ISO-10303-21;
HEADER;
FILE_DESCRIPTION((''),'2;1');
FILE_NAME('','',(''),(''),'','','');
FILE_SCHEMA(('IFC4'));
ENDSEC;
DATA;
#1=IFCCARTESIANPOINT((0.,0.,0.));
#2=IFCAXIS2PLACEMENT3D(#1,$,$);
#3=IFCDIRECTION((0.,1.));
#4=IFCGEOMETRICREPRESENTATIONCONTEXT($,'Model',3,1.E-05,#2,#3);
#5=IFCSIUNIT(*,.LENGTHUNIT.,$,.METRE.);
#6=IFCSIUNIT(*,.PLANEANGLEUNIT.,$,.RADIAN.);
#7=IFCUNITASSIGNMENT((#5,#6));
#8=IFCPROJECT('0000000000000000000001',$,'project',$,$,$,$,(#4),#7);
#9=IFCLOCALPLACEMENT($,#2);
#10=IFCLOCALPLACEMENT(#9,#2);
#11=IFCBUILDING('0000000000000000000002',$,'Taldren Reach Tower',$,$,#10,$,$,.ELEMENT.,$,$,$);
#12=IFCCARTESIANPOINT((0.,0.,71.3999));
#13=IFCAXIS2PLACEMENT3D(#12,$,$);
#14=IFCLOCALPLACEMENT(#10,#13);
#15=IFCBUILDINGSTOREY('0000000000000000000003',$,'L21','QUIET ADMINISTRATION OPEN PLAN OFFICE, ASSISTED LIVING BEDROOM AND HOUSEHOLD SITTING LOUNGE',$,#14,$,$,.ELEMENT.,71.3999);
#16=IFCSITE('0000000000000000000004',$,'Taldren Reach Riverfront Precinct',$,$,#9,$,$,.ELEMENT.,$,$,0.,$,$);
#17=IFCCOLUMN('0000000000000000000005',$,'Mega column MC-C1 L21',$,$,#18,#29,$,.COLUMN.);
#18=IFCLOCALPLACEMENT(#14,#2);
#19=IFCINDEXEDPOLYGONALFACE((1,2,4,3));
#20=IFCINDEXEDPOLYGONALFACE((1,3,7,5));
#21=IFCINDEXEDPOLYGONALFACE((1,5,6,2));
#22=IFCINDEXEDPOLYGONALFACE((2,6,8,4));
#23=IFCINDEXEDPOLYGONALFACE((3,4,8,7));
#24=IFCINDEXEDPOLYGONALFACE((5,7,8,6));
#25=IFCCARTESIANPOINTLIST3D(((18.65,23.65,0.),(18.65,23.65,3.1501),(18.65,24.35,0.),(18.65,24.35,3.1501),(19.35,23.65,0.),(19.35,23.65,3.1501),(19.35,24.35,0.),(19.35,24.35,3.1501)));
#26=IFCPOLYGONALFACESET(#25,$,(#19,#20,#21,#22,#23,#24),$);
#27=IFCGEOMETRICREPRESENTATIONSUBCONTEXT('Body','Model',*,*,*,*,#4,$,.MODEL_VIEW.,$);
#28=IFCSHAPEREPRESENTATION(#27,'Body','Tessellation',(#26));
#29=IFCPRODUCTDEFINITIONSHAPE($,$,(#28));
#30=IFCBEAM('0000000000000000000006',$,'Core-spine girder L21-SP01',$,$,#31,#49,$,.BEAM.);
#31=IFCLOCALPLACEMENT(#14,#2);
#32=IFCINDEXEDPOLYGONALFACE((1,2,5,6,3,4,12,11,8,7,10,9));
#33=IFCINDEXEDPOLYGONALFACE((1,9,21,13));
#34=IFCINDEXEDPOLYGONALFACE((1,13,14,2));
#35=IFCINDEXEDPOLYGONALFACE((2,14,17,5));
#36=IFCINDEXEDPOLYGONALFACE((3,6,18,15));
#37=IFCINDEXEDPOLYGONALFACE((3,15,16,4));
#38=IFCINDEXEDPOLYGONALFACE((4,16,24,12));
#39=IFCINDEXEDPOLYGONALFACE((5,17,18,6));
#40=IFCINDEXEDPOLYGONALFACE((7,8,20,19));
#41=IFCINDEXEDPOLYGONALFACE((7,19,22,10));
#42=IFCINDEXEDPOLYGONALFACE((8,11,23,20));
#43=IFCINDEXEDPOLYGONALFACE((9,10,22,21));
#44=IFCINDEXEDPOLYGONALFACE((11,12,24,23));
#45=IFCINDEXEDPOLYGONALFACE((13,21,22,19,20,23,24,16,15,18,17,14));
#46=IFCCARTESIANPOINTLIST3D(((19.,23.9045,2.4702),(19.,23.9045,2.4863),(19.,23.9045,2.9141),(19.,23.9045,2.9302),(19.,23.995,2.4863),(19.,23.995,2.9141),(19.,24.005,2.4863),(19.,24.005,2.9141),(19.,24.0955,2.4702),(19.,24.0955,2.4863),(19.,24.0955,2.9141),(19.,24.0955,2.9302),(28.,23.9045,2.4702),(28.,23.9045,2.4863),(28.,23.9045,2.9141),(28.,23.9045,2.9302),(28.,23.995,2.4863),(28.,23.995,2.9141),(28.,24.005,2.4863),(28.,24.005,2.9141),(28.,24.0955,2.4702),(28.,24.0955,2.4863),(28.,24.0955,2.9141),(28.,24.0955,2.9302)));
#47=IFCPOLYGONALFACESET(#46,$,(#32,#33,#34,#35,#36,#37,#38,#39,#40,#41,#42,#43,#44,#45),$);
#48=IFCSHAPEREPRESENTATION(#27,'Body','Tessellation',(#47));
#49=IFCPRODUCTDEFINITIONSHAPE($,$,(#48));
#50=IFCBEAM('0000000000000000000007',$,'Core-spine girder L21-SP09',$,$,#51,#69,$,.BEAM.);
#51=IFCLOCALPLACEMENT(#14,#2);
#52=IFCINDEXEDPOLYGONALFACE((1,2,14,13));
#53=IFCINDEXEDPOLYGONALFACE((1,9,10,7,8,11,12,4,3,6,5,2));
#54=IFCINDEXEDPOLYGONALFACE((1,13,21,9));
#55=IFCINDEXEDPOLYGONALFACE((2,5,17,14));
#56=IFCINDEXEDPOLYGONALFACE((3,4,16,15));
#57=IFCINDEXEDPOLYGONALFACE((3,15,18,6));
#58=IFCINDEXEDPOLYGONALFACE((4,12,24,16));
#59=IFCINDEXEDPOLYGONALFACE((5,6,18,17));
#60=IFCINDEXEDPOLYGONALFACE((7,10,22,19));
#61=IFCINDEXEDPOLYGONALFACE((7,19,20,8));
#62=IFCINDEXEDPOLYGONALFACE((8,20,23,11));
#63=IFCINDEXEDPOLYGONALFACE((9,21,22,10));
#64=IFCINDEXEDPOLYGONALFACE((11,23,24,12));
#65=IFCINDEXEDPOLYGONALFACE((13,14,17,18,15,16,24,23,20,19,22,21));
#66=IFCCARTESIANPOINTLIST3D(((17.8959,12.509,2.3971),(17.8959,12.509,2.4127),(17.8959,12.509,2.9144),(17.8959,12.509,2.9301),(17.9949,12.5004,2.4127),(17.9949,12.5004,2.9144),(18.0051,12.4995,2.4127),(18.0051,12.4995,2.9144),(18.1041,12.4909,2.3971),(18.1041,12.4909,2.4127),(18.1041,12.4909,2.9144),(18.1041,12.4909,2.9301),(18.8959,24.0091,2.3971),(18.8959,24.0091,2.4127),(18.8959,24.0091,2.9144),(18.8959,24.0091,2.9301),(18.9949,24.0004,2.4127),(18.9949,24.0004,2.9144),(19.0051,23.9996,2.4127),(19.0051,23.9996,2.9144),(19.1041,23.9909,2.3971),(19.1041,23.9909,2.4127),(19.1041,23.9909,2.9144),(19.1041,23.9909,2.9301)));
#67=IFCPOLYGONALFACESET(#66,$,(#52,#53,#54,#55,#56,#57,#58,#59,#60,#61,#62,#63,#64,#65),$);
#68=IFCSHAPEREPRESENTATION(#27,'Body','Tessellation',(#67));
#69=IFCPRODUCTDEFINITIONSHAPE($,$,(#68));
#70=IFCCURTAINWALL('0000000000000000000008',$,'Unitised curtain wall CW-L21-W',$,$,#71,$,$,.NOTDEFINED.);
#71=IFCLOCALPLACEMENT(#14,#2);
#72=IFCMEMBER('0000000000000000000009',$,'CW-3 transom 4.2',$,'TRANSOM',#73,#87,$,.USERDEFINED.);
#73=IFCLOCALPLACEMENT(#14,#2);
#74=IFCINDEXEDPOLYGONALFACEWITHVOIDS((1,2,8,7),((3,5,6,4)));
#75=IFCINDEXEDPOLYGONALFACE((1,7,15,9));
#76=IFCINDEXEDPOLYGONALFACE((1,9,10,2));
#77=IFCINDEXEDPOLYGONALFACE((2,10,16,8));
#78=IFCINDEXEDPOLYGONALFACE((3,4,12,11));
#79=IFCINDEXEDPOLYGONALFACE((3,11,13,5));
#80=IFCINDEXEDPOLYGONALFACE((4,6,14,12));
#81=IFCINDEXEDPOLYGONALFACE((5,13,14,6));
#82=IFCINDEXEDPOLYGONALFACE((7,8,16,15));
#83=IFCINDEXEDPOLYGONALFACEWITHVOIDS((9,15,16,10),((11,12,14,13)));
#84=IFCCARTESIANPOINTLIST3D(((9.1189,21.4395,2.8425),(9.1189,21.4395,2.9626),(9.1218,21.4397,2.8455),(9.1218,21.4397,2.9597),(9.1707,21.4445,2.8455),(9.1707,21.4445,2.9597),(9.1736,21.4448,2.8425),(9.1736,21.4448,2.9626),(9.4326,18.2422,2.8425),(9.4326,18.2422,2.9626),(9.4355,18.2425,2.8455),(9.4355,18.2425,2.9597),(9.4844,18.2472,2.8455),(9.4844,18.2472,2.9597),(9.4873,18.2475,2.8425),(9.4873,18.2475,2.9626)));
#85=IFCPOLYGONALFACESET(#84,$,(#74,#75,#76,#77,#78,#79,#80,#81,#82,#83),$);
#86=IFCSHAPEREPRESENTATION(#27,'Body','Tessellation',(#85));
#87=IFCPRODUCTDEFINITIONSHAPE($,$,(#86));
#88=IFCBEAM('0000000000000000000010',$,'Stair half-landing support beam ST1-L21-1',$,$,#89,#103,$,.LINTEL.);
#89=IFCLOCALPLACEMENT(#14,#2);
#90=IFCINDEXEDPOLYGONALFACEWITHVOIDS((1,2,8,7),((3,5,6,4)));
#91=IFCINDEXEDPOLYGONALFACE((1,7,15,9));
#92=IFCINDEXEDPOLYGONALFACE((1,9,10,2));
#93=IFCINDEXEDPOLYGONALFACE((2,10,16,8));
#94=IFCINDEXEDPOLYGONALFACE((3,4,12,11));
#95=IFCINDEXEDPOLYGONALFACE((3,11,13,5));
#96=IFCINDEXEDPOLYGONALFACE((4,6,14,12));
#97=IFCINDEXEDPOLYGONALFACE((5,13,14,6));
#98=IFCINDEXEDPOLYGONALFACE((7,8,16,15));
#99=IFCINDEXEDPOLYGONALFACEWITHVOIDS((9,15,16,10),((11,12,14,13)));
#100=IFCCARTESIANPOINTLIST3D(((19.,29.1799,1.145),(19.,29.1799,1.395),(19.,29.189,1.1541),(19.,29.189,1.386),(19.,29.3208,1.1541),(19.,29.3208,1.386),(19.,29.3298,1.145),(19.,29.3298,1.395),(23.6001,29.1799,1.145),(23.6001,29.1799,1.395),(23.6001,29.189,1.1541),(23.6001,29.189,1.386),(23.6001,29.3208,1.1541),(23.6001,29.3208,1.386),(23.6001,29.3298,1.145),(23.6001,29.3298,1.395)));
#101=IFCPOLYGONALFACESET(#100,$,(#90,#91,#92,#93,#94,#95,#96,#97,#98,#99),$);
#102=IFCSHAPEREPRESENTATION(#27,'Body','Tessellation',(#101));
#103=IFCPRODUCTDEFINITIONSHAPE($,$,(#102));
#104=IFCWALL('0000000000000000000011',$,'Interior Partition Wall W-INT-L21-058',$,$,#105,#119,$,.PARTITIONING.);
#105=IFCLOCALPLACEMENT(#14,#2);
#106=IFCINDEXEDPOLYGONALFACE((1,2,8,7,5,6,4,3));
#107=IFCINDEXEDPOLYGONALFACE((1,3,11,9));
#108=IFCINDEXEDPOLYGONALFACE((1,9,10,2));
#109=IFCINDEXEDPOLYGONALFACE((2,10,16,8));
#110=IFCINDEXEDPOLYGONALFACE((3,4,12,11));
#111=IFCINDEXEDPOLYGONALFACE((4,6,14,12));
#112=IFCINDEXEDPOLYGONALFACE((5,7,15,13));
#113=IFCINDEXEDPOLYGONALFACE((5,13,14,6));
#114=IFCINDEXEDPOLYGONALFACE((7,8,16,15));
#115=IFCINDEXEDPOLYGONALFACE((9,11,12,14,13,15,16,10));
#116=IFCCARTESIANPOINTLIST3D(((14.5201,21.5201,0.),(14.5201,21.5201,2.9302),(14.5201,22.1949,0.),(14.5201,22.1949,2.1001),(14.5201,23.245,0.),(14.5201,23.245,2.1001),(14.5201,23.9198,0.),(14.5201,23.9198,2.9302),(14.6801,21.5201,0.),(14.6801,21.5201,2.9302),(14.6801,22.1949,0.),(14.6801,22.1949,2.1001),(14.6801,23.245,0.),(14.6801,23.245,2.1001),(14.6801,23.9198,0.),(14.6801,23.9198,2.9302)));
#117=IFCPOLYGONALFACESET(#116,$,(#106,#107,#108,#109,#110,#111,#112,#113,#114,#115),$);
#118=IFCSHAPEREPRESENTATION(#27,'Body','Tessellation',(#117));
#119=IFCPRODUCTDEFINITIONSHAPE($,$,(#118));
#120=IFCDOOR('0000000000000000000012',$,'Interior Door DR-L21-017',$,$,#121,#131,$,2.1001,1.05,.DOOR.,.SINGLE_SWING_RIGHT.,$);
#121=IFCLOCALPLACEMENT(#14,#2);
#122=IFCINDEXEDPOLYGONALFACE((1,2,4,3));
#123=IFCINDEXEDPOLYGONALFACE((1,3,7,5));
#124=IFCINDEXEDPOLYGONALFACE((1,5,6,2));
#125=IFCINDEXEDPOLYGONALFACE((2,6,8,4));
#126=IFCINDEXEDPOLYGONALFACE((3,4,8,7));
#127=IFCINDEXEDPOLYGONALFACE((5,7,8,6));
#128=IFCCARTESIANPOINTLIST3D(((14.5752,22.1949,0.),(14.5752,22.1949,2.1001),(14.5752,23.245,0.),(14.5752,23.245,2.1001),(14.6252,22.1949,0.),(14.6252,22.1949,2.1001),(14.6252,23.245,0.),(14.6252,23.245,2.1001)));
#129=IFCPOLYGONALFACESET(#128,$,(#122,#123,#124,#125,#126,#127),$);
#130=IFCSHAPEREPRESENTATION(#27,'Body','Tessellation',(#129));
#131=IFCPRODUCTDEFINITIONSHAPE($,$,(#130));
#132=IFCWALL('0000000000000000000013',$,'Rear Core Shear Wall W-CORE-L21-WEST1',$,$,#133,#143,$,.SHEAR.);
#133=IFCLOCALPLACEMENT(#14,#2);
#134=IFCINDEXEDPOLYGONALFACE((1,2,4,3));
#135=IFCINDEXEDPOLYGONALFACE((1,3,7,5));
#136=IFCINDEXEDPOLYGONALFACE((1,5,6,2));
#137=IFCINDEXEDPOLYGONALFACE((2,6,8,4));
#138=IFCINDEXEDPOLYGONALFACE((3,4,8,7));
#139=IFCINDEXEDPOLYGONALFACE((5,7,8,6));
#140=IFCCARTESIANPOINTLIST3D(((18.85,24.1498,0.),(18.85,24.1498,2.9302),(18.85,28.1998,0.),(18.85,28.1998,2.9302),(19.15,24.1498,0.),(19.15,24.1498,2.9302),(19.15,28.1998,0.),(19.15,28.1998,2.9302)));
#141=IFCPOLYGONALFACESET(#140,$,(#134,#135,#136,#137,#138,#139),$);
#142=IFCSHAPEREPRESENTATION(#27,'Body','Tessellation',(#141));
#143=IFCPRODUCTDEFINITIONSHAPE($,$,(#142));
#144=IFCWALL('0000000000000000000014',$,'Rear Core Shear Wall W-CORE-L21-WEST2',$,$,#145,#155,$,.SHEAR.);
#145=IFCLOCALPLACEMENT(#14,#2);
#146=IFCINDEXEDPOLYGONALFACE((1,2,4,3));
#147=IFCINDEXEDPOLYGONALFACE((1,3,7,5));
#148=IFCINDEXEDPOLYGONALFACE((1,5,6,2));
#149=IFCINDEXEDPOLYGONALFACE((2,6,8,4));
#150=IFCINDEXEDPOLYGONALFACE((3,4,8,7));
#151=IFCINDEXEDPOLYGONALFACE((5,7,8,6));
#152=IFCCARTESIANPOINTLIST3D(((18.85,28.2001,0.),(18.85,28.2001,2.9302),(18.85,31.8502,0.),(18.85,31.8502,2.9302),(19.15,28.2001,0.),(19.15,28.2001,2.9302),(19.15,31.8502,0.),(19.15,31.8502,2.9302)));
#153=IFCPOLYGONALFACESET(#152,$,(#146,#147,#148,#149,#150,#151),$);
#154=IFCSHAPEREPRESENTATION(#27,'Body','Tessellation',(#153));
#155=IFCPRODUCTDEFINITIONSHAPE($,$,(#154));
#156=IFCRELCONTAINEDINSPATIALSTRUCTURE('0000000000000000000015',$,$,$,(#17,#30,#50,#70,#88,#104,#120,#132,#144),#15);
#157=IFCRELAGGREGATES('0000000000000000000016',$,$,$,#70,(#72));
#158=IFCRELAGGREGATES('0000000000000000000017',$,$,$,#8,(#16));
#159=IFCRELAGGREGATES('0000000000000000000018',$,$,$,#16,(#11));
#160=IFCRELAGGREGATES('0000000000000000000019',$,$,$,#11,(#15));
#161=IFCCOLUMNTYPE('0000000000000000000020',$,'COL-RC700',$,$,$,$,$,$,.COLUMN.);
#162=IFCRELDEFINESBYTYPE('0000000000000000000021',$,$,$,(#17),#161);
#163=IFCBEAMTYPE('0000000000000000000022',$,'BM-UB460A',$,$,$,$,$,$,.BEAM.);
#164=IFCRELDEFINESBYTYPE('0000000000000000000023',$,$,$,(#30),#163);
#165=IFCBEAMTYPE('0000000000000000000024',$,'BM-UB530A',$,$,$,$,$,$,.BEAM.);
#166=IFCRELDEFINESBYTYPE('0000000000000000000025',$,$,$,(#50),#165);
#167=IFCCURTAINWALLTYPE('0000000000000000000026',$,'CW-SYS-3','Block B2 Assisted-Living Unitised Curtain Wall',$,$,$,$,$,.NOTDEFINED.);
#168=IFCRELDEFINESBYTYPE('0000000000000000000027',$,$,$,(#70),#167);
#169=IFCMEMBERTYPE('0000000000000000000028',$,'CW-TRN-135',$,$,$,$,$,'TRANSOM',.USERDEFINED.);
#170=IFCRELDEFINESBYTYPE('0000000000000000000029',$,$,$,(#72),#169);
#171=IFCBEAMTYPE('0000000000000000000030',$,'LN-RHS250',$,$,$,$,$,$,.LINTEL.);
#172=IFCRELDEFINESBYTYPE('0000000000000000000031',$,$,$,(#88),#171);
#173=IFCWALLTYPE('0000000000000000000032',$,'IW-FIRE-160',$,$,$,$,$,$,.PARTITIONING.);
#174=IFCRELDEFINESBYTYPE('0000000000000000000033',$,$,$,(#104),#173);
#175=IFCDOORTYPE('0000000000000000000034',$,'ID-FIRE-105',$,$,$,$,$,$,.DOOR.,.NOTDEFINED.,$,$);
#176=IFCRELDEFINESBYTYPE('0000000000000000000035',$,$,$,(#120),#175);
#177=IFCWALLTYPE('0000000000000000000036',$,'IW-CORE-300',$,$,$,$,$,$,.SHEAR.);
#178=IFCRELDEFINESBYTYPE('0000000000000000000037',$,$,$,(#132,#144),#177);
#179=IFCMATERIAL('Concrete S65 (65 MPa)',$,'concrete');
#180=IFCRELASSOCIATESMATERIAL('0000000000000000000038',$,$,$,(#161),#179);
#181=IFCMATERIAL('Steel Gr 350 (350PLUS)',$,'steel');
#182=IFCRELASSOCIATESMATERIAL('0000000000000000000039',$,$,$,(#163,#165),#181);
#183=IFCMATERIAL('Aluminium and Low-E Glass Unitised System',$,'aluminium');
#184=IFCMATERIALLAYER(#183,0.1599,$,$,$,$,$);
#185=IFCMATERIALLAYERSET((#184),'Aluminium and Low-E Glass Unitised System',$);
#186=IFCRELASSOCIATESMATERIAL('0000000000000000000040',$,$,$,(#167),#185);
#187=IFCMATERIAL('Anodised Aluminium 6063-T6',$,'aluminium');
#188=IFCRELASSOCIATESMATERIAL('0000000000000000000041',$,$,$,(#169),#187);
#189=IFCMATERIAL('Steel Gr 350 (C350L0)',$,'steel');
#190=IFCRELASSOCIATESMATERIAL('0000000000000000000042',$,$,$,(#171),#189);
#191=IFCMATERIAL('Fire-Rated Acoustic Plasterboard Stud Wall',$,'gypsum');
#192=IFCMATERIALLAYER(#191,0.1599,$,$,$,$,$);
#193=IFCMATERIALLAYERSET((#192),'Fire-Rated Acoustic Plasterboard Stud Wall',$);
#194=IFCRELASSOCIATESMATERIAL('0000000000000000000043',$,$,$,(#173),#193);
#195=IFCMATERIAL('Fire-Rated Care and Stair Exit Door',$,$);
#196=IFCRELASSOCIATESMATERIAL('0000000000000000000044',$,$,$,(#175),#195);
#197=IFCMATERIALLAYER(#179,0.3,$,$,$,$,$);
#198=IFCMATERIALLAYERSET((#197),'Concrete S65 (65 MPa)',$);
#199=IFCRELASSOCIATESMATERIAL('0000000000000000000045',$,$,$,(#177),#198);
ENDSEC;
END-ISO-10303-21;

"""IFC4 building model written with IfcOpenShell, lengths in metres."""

from ifc_helpers import new_model, si_unit, direction, frame, frame_2d, origin, origin_2d, place, context, subcontext, project, spatial, rectangle, hollow_rectangle, i_section, extrude, source, transform, mapped, material, layer, layer_set, material_profile, profile_set, type_object, element, fill, aggregate, save


model = new_model("IFC4")

# Units and contexts
model_context = context("Model", 3, precision=1e-05, world=origin(), true_north=direction((0.0, 1.0)))
body_context = subcontext(model_context, "Body", "Model", "MODEL_VIEW")
ifc_project = project(units=[si_unit("LENGTHUNIT", "METRE"), si_unit("PLANEANGLEUNIT", "RADIAN")], contexts=[model_context])

# Site, building, storey
site_placement = place(None, origin())
site = spatial("IfcSite", under=ifc_project, at=site_placement, Name="Taldren Reach Riverfront Precinct", CompositionType="ELEMENT", RefElevation=0.0)
building_placement = place(site_placement, origin())
building = spatial("IfcBuilding", under=site, at=building_placement, Name="Taldren Reach Tower", CompositionType="ELEMENT")
storey_placement = place(building_placement, frame((0.0, 0.0, 71.3999)))
storey = spatial("IfcBuildingStorey", under=building, at=storey_placement, Name="L21", Description="QUIET ADMINISTRATION OPEN PLAN OFFICE, ASSISTED LIVING BEDROOM AND HOUSEHOLD SITTING LOUNGE", CompositionType="ELEMENT", Elevation=71.3999)

# Column
ifc_material_1 = material(Name="Concrete S65 (65 MPa)", Category="concrete")
ifc_material_profile_1 = material_profile(ifc_material_1, rectangle(XDim=0.7, YDim=0.7, at=origin_2d()), Name="RC-700x700")
ifc_profile_set_1 = profile_set([ifc_material_profile_1], Name="Concrete S65 (65 MPa)")
column_type = type_object("IfcColumnType", Name="COL-RC700", PredefinedType="COLUMN", material=ifc_profile_set_1)
shared_shape_1 = source(origin(), body_context, "Body", "SweptSolid", [
    extrude(rectangle(XDim=0.7, YDim=0.7, at=origin_2d()), origin(), (0.0, 0.0, 1.0), 3.1501),
])
column_placement = place(storey_placement, frame((19.0, 24.0, 0.0), z_axis=(0.0, 0.0, 1.0), x_axis=(1.0, 0.0, 0.0)))
element("IfcColumn", 1, at=column_placement, inside=storey, type_object=column_type, Name="Mega column MC-C1 L21", PredefinedType="COLUMN", context=body_context, shape_type="MappedRepresentation", body=[
    mapped(shared_shape_1, transform((0.0, 0.0, 0.0), scale=1.0)),
])

# Beams
ifc_material_2 = material(Name="Steel Gr 350 (350PLUS)", Category="steel")
ifc_material_profile_2 = material_profile(ifc_material_2, i_section(OverallWidth=0.1909, OverallDepth=0.46, WebThickness=0.01, FlangeThickness=0.0161, at=origin_2d()), Name="460UB82.1")
ifc_profile_set_2 = profile_set([ifc_material_profile_2], Name="Steel Gr 350 (350PLUS)")
beam_type_1 = type_object("IfcBeamType", Name="BM-UB460A", PredefinedType="BEAM", material=ifc_profile_set_2)
shared_shape_2 = source(origin(), body_context, "Body", "SweptSolid", [
    extrude(i_section(OverallWidth=0.1909, OverallDepth=0.46, WebThickness=0.01, FlangeThickness=0.0161, at=origin_2d()), origin(), (0.0, 0.0, 1.0), 9.0),
])
beam_1_placement = place(storey_placement, frame((19.0, 24.0, 2.7002), z_axis=(1.0, 0.0, 0.0), x_axis=(0.0, 1.0, 0.0)))
element("IfcBeam", 2, at=beam_1_placement, inside=storey, type_object=beam_type_1, Name="Core-spine girder L21-SP01", PredefinedType="BEAM", context=body_context, shape_type="MappedRepresentation", body=[
    mapped(shared_shape_2, transform((0.0, 0.0, 0.0), scale=1.0)),
])
ifc_material_profile_3 = material_profile(ifc_material_2, i_section(OverallWidth=0.209, OverallDepth=0.533, WebThickness=0.0103, FlangeThickness=0.0156, at=origin_2d()), Name="530UB92.4")
ifc_profile_set_3 = profile_set([ifc_material_profile_3], Name="Steel Gr 350 (350PLUS)")
beam_type_2 = type_object("IfcBeamType", Name="BM-UB530A", PredefinedType="BEAM", material=ifc_profile_set_3)
shared_shape_3 = source(origin(), body_context, "Body", "SweptSolid", [
    extrude(i_section(OverallWidth=0.209, OverallDepth=0.533, WebThickness=0.0103, FlangeThickness=0.0156, at=origin_2d()), origin(), (0.0, 0.0, 1.0), 11.5435),
])
beam_2_placement = place(storey_placement, frame((19.0, 24.0, 2.6636), z_axis=(-0.08663, -0.996241, 0.0), x_axis=(0.996241, -0.08663, 0.0)))
element("IfcBeam", 3, at=beam_2_placement, inside=storey, type_object=beam_type_2, Name="Core-spine girder L21-SP09", PredefinedType="BEAM", context=body_context, shape_type="MappedRepresentation", body=[
    mapped(shared_shape_3, transform((0.0, 0.0, 0.0), scale=1.0)),
])

# Curtain wall, member
ifc_material_3 = material(Name="Aluminium and Low-E Glass Unitised System", Category="aluminium")
ifc_layer_1 = layer(ifc_material_3, 0.1599)
ifc_layer_set_1 = layer_set([ifc_layer_1], Name="Aluminium and Low-E Glass Unitised System")
curtain_wall_type = type_object("IfcCurtainWallType", Name="CW-SYS-3", Description="Block B2 Assisted-Living Unitised Curtain Wall", PredefinedType="NOTDEFINED", material=ifc_layer_set_1)
curtain_wall_placement = place(storey_placement, origin())
curtain_wall = element("IfcCurtainWall", 4, at=curtain_wall_placement, inside=storey, type_object=curtain_wall_type, Name="Unitised curtain wall CW-L21-W", PredefinedType="NOTDEFINED")
ifc_material_4 = material(Name="Anodised Aluminium 6063-T6", Category="aluminium")
ifc_material_profile_4 = material_profile(ifc_material_4, hollow_rectangle(XDim=0.0549, YDim=0.1201, WallThickness=0.0029, at=origin_2d()), Name="ALU-120x55x3RHS")
ifc_profile_set_4 = profile_set([ifc_material_profile_4], Name="Anodised Aluminium 6063-T6")
member_type = type_object("IfcMemberType", Name="CW-TRN-135", ElementType="TRANSOM", PredefinedType="USERDEFINED", material=ifc_profile_set_4)
shared_shape_4 = source(origin(), body_context, "Body", "SweptSolid", [
    extrude(hollow_rectangle(XDim=0.0549, YDim=0.1201, WallThickness=0.0029, at=origin_2d()), origin(), (0.0, 0.0, 1.0), 3.2126),
])
member_placement = place(storey_placement, frame((9.1462, 21.4421, 2.9026), z_axis=(0.097653, -0.995221, 0.0), x_axis=(0.995221, 0.097653, 0.0)))
member = element("IfcMember", 5, at=member_placement, type_object=member_type, Name="CW-3 transom 4.2", ObjectType="TRANSOM", PredefinedType="USERDEFINED", context=body_context, shape_type="MappedRepresentation", body=[
    mapped(shared_shape_4, transform((0.0, 0.0, 0.0), scale=1.0)),
])
aggregate(curtain_wall, [member])

# Beam
ifc_material_5 = material(Name="Steel Gr 350 (C350L0)", Category="steel")
ifc_material_profile_5 = material_profile(ifc_material_5, hollow_rectangle(XDim=0.1499, YDim=0.25, WallThickness=0.009, at=origin_2d()), Name="250x150x9.0RHS")
ifc_profile_set_5 = profile_set([ifc_material_profile_5], Name="Steel Gr 350 (C350L0)")
beam_type_3 = type_object("IfcBeamType", Name="LN-RHS250", PredefinedType="LINTEL", material=ifc_profile_set_5)
shared_shape_5 = source(origin(), body_context, "Body", "SweptSolid", [
    extrude(hollow_rectangle(XDim=0.1499, YDim=0.25, WallThickness=0.009, at=origin_2d()), origin(), (0.0, 0.0, 1.0), 4.6001),
])
beam_3_placement = place(storey_placement, frame((19.0, 29.2549, 1.27), z_axis=(1.0, 0.0, 0.0), x_axis=(0.0, 1.0, 0.0)))
element("IfcBeam", 6, at=beam_3_placement, inside=storey, type_object=beam_type_3, Name="Stair half-landing support beam ST1-L21-1", PredefinedType="LINTEL", context=body_context, shape_type="MappedRepresentation", body=[
    mapped(shared_shape_5, transform((0.0, 0.0, 0.0), scale=1.0)),
])

# Wall, opening, door
ifc_material_6 = material(Name="Fire-Rated Acoustic Plasterboard Stud Wall", Category="gypsum")
ifc_layer_2 = layer(ifc_material_6, 0.1599)
ifc_layer_set_2 = layer_set([ifc_layer_2], Name="Fire-Rated Acoustic Plasterboard Stud Wall")
wall_type_1 = type_object("IfcWallType", Name="IW-FIRE-160", PredefinedType="PARTITIONING", material=ifc_layer_set_2)
shared_shape_6 = source(origin(), body_context, "Body", "SweptSolid", [
    extrude(rectangle(XDim=2.3997, YDim=0.1599, at=frame_2d((1.1997, 0.0))), origin(), (0.0, 0.0, 1.0), 2.9302),
])
wall_1_placement = place(storey_placement, frame((14.6001, 21.5203, 0.0), z_axis=(0.0, 0.0, 1.0), x_axis=(0.0, 1.0, 0.0)))
wall_1 = element("IfcWall", 7, at=wall_1_placement, inside=storey, type_object=wall_type_1, Name="Interior Partition Wall W-INT-L21-058", PredefinedType="PARTITIONING", context=body_context, shape_type="MappedRepresentation", body=[
    mapped(shared_shape_6, transform((0.0, 0.0, 0.0), scale=1.0)),
])
shared_shape_7 = source(origin(), body_context, "Body", "SweptSolid", [
    extrude(rectangle(XDim=1.05, YDim=2.1001, at=frame_2d((0.5249, 1.05))), frame((0.0, 0.0898, 0.0), z_axis=(0.0, -1.0, 0.0), x_axis=(1.0, 0.0, 0.0)), (0.0, 0.0, 1.0), 0.1799),
])
opening_1_placement = place(wall_1_placement, frame((0.6748, 0.0, 0.0)))
opening_1 = element("IfcOpeningElement", 8, at=opening_1_placement, cuts=wall_1, PredefinedType="OPENING", context=body_context, shape_type="MappedRepresentation", body=[
    mapped(shared_shape_7, transform((0.0, 0.0, 0.0), scale=1.0)),
])
ifc_material_7 = material(Name="Fire-Rated Care and Stair Exit Door")
door_type_1 = type_object("IfcDoorType", Name="ID-FIRE-105", OperationType="NOTDEFINED", PredefinedType="DOOR", material=ifc_material_7)
shared_shape_8 = source(origin(), body_context, "Body", "SweptSolid", [
    extrude(rectangle(XDim=1.05, YDim=2.1001, at=frame_2d((0.5249, 1.05))), frame((0.0, 0.0249, 0.0), z_axis=(0.0, -1.0, 0.0), x_axis=(1.0, 0.0, 0.0)), (0.0, 0.0, 1.0), 0.05),
])
door_1_placement = place(opening_1_placement, origin())
door_1 = element("IfcDoor", 9, at=door_1_placement, inside=storey, type_object=door_type_1, Name="Interior Door DR-L21-017", OperationType="SINGLE_SWING_RIGHT", OverallHeight=2.1001, OverallWidth=1.05, PredefinedType="DOOR", context=body_context, shape_type="MappedRepresentation", body=[
    mapped(shared_shape_8, transform((0.0, 0.0, 0.0), scale=1.0)),
])
fill(opening_1, door_1)

# Walls
ifc_layer_3 = layer(ifc_material_1, 0.3)
ifc_layer_set_3 = layer_set([ifc_layer_3], Name="Concrete S65 (65 MPa)")
wall_type_2 = type_object("IfcWallType", Name="IW-CORE-300", PredefinedType="SHEAR", material=ifc_layer_set_3)
shared_shape_9 = source(origin(), body_context, "Body", "SweptSolid", [
    extrude(rectangle(XDim=4.05, YDim=0.3, at=frame_2d((2.0249, 0.0))), origin(), (0.0, 0.0, 1.0), 2.9302),
])
wall_2_placement = place(storey_placement, frame((19.0, 24.1499, 0.0), z_axis=(0.0, 0.0, 1.0), x_axis=(0.0, 1.0, 0.0)))
element("IfcWall", 10, at=wall_2_placement, inside=storey, type_object=wall_type_2, Name="Rear Core Shear Wall W-CORE-L21-WEST1", PredefinedType="SHEAR", context=body_context, shape_type="MappedRepresentation", body=[
    mapped(shared_shape_9, transform((0.0, 0.0, 0.0), scale=1.0)),
])
shared_shape_10 = source(origin(), body_context, "Body", "SweptSolid", [
    extrude(rectangle(XDim=3.6501, YDim=0.3, at=frame_2d((1.8252, 0.0))), origin(), (0.0, 0.0, 1.0), 2.9302),
])
wall_3_placement = place(storey_placement, frame((19.0, 28.2, 0.0), z_axis=(0.0, 0.0, 1.0), x_axis=(0.0, 1.0, 0.0)))
element("IfcWall", 11, at=wall_3_placement, inside=storey, type_object=wall_type_2, Name="Rear Core Shear Wall W-CORE-L21-WEST2", PredefinedType="SHEAR", context=body_context, shape_type="MappedRepresentation", body=[
    mapped(shared_shape_10, transform((0.0, 0.0, 0.0), scale=1.0)),
])

save(model, "model.ifc")
